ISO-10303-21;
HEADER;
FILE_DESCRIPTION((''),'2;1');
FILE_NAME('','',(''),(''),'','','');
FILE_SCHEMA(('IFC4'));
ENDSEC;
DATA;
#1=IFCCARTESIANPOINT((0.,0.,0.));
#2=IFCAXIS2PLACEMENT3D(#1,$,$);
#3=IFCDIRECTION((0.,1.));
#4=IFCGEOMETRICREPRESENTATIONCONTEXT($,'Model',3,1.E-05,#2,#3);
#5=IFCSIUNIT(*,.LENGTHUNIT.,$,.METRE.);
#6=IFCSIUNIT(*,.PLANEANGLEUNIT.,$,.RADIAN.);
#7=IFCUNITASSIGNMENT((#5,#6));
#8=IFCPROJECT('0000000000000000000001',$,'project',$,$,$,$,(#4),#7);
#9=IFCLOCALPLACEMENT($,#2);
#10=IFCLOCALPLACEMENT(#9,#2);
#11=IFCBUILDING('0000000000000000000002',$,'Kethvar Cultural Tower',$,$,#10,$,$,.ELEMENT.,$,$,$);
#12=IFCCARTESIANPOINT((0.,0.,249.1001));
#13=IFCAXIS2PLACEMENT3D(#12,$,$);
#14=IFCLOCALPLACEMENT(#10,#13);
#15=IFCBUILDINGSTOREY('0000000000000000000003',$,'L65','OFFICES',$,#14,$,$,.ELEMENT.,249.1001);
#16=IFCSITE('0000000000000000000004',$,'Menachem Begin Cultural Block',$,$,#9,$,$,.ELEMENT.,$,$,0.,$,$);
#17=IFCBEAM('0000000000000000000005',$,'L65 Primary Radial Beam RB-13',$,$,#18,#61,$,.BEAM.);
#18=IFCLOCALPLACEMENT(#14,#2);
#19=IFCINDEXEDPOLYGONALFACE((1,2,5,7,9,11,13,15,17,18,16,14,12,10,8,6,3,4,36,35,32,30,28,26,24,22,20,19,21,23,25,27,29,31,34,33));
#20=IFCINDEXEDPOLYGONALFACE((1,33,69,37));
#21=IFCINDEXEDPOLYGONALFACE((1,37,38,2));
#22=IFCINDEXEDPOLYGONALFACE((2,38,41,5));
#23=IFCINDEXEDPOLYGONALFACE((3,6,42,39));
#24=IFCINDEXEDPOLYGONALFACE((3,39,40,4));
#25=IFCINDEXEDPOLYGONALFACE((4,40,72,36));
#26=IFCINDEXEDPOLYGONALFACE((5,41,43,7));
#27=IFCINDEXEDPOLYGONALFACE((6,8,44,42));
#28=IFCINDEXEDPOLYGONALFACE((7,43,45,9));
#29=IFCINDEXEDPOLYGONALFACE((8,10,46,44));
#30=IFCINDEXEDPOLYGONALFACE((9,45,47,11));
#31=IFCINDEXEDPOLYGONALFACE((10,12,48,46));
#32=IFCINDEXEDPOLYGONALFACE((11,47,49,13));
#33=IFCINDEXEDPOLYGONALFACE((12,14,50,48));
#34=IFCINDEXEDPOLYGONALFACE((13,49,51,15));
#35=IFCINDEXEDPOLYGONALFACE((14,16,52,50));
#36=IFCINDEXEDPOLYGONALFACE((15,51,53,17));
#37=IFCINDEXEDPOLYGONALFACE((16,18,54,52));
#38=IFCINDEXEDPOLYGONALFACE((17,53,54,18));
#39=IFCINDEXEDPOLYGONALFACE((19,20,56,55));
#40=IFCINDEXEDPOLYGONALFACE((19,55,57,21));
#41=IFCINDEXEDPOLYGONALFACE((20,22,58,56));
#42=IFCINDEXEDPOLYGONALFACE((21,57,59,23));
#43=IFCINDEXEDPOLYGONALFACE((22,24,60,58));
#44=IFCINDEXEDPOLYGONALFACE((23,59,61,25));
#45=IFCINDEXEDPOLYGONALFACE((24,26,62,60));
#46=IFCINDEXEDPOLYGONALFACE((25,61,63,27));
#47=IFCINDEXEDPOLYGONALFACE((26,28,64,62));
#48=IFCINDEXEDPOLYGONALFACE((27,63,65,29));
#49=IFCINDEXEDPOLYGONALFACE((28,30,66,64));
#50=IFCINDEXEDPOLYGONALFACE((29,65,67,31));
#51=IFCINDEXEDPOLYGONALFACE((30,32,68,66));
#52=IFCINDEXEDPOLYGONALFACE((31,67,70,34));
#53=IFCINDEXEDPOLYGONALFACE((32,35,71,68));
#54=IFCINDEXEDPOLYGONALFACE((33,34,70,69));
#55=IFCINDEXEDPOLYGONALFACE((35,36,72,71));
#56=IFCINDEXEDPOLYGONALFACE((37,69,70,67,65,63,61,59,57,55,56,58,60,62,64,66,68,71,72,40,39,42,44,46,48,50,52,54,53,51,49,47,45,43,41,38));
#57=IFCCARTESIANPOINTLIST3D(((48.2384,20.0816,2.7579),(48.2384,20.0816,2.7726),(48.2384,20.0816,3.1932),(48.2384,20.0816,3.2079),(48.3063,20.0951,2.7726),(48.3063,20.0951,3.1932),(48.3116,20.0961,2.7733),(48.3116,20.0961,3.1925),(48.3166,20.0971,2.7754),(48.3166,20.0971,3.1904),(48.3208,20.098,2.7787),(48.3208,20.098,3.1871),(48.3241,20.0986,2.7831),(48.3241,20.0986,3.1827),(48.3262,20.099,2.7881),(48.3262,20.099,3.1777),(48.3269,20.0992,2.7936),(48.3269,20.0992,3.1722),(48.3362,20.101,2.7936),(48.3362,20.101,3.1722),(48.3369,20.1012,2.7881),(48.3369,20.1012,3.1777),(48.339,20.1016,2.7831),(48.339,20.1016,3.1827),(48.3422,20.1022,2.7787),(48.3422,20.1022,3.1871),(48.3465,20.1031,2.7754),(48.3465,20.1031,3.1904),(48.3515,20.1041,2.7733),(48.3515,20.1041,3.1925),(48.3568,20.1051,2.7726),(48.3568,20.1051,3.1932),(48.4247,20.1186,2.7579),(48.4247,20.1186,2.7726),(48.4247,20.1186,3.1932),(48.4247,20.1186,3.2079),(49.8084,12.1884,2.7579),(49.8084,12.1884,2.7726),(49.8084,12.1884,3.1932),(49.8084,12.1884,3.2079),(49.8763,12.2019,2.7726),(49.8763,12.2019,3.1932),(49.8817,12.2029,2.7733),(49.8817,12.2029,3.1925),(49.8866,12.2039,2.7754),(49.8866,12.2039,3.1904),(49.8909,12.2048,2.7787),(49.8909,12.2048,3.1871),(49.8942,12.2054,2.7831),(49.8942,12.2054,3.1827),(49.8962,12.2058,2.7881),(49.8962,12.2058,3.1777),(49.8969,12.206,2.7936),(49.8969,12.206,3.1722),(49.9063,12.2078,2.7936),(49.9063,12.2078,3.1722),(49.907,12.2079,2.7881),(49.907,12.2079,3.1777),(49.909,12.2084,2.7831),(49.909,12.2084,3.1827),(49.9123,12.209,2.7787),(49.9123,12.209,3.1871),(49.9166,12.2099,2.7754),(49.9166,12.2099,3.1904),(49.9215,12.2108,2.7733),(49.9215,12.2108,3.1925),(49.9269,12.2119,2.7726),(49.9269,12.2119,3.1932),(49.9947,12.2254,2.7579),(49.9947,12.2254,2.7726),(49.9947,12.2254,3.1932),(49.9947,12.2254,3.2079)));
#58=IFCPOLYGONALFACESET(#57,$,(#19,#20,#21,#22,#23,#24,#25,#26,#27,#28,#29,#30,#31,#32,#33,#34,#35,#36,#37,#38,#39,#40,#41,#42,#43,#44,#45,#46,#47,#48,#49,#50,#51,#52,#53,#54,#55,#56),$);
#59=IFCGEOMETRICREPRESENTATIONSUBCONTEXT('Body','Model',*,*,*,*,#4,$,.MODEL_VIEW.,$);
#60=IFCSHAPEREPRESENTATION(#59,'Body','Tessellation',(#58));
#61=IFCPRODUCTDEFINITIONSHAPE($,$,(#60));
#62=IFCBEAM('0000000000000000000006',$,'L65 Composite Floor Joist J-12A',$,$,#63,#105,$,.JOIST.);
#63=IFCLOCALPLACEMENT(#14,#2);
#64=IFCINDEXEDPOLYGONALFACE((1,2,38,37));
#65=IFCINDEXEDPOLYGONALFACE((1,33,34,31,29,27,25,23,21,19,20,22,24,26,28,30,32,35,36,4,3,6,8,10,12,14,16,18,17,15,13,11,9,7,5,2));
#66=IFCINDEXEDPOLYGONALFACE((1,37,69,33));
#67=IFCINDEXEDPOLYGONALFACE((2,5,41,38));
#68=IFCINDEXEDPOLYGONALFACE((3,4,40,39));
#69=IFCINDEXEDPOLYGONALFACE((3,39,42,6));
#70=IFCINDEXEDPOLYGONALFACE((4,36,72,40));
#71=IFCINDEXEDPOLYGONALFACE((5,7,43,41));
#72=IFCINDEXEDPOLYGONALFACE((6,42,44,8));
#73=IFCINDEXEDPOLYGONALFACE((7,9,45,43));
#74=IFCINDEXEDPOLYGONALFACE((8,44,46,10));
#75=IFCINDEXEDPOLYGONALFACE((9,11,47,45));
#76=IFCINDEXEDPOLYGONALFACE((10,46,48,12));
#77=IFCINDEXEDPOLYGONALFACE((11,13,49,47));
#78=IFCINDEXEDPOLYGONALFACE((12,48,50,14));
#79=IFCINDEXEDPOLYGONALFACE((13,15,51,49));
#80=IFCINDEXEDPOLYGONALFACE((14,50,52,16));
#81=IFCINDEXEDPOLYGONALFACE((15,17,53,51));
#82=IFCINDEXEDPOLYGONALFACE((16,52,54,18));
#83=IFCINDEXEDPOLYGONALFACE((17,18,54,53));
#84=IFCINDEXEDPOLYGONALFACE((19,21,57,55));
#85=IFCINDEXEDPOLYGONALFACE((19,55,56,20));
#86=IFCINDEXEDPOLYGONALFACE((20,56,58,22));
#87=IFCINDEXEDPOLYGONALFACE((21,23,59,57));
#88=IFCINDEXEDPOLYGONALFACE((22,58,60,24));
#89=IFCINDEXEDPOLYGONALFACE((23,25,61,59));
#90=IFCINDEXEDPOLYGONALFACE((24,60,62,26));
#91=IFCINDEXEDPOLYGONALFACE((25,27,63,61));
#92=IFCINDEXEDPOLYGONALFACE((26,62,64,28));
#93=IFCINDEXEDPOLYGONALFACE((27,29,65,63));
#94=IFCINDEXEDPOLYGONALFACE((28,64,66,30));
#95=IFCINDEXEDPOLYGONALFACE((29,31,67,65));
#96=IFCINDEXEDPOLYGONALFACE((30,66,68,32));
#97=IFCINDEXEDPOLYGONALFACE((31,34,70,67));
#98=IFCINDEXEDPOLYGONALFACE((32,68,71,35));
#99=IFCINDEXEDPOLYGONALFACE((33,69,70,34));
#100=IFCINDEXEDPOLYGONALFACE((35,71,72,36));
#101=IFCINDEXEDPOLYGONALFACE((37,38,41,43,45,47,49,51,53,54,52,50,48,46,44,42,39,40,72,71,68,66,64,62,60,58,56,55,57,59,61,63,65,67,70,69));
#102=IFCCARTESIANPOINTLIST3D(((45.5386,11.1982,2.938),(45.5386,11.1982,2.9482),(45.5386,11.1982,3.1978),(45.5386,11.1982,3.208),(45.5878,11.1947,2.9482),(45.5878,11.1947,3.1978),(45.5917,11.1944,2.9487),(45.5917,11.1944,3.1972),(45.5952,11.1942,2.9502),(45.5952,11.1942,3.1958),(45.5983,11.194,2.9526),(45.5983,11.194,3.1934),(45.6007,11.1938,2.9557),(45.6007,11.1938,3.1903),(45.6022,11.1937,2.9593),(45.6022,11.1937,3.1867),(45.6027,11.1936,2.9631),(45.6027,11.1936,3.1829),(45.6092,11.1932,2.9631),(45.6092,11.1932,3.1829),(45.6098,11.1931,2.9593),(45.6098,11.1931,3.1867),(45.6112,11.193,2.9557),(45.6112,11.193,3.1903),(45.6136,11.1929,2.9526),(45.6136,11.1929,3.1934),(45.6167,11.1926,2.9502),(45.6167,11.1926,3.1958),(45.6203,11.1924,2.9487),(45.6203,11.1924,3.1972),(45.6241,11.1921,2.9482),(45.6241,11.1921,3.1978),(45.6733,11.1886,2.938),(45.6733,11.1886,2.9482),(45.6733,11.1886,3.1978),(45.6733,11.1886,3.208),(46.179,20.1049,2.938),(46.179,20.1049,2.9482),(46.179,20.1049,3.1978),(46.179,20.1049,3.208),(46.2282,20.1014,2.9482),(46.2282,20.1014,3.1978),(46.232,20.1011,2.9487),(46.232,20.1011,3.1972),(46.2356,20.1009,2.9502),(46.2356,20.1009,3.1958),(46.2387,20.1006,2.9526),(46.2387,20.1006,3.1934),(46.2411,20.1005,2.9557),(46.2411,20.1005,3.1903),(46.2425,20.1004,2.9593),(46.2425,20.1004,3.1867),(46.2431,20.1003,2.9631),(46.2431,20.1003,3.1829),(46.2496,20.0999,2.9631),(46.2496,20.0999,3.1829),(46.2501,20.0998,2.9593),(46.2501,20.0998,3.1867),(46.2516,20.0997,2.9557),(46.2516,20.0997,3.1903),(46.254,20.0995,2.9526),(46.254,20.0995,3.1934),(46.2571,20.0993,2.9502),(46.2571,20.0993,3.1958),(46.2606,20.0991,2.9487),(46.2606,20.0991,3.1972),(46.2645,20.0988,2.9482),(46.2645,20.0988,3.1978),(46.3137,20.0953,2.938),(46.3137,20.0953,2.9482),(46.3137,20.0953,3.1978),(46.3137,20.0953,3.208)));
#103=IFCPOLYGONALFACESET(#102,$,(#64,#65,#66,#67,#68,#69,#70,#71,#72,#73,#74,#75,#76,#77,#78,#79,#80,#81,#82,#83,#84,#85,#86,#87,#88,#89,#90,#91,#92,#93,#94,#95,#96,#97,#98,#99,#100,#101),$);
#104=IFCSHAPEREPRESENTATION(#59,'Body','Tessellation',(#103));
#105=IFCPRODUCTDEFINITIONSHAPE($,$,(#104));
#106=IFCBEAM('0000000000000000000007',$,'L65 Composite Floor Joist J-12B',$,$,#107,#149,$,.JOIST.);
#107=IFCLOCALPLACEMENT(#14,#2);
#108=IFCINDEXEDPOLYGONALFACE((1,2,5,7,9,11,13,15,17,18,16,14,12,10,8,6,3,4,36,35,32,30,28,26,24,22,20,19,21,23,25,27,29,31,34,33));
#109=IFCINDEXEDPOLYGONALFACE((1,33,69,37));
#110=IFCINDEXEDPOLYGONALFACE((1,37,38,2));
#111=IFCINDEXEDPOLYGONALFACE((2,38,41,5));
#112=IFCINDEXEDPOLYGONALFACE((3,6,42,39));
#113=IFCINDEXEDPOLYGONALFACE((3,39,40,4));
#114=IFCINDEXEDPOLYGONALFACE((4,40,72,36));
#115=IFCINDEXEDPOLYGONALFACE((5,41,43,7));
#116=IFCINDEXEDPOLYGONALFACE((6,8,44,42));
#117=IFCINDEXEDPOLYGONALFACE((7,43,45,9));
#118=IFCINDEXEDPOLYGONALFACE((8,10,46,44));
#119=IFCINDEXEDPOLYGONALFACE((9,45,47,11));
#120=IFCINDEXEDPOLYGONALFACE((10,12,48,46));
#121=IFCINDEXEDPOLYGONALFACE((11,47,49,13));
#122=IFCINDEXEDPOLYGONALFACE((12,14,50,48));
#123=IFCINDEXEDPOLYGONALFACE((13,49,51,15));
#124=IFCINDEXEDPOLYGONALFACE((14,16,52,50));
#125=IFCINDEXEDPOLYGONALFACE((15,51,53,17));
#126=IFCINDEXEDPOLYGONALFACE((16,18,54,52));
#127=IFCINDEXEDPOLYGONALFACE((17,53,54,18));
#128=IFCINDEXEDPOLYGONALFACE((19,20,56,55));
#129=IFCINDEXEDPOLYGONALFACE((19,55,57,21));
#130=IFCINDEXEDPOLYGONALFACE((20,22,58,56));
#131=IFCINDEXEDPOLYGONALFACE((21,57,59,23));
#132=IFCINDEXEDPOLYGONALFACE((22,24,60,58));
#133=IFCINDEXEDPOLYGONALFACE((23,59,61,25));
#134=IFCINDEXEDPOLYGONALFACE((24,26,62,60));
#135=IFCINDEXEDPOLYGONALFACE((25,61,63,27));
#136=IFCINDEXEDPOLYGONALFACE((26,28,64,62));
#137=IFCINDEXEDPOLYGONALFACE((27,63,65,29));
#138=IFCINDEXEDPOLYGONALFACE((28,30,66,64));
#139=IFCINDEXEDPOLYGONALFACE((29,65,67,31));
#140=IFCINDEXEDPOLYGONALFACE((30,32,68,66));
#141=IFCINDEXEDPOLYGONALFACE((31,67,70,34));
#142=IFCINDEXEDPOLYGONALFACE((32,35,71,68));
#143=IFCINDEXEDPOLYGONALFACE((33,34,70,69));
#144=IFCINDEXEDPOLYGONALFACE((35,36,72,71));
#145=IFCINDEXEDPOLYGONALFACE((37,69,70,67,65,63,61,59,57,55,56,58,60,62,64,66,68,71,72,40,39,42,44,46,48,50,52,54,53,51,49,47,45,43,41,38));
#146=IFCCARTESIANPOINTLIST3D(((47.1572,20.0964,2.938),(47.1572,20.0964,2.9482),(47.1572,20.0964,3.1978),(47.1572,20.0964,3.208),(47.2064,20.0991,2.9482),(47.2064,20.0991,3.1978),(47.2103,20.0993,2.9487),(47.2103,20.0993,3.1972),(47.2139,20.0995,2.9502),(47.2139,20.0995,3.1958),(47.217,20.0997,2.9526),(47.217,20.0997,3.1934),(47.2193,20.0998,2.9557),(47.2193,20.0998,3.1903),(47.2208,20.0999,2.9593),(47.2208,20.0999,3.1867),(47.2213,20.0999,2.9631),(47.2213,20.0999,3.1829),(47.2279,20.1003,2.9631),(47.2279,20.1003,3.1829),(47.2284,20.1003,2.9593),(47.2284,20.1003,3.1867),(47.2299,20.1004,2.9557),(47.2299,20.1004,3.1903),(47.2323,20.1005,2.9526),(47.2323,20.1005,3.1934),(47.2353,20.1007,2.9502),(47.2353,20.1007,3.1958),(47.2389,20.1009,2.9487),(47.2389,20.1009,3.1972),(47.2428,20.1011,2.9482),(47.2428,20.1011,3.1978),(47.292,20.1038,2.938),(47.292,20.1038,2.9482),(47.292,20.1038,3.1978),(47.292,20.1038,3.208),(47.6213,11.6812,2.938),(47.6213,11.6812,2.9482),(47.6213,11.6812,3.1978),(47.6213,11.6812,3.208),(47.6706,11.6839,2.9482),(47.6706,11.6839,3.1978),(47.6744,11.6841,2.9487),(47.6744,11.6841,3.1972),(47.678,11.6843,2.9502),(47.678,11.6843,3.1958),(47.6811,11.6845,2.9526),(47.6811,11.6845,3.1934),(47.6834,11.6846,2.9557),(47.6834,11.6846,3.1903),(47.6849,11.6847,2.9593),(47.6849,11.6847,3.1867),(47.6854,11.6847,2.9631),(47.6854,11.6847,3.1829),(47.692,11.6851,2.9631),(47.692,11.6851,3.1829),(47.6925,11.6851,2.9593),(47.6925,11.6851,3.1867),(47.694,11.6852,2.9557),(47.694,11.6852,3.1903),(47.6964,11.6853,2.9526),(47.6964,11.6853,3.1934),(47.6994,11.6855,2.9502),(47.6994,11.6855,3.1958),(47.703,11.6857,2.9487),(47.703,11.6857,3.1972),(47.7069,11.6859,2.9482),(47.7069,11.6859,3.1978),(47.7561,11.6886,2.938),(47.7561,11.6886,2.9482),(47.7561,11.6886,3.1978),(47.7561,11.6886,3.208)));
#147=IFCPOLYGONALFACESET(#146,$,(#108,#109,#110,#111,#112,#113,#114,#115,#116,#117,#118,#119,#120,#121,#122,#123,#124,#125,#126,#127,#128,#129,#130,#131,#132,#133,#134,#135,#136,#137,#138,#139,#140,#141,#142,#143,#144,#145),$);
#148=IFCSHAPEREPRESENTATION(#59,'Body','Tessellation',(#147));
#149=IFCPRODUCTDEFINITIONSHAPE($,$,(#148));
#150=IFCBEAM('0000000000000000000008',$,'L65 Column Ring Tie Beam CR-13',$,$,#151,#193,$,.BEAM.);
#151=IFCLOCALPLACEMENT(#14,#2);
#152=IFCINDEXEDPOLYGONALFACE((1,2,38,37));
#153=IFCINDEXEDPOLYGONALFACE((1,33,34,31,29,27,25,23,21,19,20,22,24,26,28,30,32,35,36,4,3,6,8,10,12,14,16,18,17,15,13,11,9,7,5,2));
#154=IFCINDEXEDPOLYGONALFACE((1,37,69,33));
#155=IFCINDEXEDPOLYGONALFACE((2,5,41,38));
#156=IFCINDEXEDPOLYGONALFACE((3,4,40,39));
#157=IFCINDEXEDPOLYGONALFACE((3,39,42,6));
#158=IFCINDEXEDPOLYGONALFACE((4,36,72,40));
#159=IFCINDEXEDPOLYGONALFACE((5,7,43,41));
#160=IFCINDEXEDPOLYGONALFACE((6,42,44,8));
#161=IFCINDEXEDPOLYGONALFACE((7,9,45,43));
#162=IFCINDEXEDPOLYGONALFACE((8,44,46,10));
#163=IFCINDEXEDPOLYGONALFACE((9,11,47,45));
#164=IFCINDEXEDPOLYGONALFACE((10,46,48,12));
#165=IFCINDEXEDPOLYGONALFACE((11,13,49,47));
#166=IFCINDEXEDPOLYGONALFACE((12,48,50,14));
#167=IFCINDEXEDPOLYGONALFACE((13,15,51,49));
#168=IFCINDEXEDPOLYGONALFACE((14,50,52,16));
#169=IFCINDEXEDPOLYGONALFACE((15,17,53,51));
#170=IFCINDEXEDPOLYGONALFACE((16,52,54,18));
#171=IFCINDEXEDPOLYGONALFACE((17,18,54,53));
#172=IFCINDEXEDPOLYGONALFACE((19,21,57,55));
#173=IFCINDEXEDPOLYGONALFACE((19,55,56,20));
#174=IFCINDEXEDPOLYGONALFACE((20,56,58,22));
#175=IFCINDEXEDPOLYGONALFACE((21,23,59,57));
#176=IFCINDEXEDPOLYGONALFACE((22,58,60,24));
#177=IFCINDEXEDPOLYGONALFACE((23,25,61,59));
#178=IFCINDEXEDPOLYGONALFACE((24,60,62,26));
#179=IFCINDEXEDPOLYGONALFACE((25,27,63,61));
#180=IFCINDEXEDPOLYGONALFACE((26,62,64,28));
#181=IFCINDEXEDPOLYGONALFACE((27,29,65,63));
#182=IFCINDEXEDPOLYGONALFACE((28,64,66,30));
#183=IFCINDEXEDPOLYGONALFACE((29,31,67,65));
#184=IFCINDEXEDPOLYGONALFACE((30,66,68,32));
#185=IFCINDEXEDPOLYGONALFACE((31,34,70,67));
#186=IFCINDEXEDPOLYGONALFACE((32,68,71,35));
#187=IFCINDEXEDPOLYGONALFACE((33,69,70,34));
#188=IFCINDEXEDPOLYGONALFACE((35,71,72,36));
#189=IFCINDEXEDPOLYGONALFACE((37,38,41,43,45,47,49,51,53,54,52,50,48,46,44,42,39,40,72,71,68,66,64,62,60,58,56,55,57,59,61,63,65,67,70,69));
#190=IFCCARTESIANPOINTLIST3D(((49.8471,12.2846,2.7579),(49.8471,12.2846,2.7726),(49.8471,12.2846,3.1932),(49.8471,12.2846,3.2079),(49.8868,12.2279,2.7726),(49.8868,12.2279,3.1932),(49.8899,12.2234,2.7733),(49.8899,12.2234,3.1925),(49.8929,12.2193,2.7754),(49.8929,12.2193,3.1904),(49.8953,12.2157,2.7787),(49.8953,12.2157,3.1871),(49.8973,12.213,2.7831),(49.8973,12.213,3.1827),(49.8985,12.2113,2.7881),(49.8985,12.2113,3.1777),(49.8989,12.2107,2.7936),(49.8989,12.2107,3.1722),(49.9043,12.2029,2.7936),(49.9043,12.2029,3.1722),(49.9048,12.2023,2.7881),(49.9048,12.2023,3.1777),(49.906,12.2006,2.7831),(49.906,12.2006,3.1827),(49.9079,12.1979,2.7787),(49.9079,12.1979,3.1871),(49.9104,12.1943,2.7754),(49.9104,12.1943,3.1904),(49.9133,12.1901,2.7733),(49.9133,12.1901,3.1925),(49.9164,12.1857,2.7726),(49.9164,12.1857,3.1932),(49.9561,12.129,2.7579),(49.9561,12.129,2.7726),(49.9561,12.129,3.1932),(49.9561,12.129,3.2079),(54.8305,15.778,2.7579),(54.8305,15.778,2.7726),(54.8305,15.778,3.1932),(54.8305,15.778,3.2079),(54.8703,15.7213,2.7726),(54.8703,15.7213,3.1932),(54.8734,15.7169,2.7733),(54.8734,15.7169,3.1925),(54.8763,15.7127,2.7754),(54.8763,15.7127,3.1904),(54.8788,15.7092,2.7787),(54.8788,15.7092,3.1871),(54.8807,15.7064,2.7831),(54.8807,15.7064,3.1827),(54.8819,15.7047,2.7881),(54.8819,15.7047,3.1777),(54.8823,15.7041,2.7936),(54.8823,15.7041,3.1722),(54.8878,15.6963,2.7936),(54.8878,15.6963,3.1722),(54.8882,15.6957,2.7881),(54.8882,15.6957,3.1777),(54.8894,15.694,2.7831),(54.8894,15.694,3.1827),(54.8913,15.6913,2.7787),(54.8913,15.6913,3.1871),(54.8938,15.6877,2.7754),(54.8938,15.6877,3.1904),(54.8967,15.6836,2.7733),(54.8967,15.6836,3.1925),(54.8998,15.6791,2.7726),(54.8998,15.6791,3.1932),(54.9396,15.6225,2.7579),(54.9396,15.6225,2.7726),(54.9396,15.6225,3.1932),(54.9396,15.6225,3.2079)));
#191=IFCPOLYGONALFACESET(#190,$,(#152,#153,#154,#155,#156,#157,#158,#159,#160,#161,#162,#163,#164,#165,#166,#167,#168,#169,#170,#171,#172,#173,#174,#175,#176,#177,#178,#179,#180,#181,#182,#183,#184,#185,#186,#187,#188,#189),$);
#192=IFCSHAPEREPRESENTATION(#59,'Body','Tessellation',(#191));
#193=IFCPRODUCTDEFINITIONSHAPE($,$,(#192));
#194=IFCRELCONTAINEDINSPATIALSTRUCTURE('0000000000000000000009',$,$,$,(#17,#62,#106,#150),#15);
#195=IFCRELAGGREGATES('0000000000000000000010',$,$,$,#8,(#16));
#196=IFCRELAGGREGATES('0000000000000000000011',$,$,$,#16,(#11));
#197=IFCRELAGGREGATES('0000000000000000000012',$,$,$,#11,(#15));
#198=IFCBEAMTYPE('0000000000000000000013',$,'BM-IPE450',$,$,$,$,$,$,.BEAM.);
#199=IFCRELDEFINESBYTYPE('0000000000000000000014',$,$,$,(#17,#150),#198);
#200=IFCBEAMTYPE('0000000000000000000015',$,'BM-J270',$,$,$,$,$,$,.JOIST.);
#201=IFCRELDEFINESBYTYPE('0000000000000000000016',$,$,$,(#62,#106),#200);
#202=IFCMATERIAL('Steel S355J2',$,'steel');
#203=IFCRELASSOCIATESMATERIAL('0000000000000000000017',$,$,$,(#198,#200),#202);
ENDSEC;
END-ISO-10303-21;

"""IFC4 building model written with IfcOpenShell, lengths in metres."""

from ifc_helpers import new_model, si_unit, direction, frame, origin, origin_2d, place, context, subcontext, project, spatial, i_section, extrude, source, transform, mapped, material, material_profile, profile_set, type_object, element, save


model = new_model("IFC4")

# Units and contexts
model_context = context("Model", 3, precision=1e-05, world=origin(), true_north=direction((0.0, 1.0)))
body_context = subcontext(model_context, "Body", "Model", "MODEL_VIEW")
ifc_project = project(units=[si_unit("LENGTHUNIT", "METRE"), si_unit("PLANEANGLEUNIT", "RADIAN")], contexts=[model_context])

# Site, building, storey
site_placement = place(None, origin())
site = spatial("IfcSite", under=ifc_project, at=site_placement, Name="Menachem Begin Cultural Block", CompositionType="ELEMENT", RefElevation=0.0)
building_placement = place(site_placement, origin())
building = spatial("IfcBuilding", under=site, at=building_placement, Name="Kethvar Cultural Tower", CompositionType="ELEMENT")
storey_placement = place(building_placement, frame((0.0, 0.0, 249.1001)))
storey = spatial("IfcBuildingStorey", under=building, at=storey_placement, Name="L65", Description="OFFICES", CompositionType="ELEMENT", Elevation=249.1001)

# Beams
ifc_material_1 = material(Name="Steel S355J2", Category="steel")
ifc_material_profile_1 = material_profile(ifc_material_1, i_section(OverallWidth=0.1899, OverallDepth=0.45, WebThickness=0.0095, FlangeThickness=0.0146, FilletRadius=0.021, at=origin_2d()), Name="Steel S355J2 — IPE450")
ifc_profile_set_1 = profile_set([ifc_material_profile_1], Name="Steel S355J2 — IPE450")
beam_type_1 = type_object("IfcBeamType", Name="BM-IPE450", PredefinedType="BEAM", material=ifc_profile_set_1)
shared_shape_1 = source(origin(), body_context, "Body", "SweptSolid", [
    extrude(i_section(OverallWidth=0.1899, OverallDepth=0.45, WebThickness=0.0095, FlangeThickness=0.0146, FilletRadius=0.021, at=origin_2d()), origin(), (0.0, 0.0, 1.0), 8.0479),
])
beam_1_placement = place(storey_placement, frame((48.3315, 20.1001, 2.9829), z_axis=(0.195089, -0.980785, 0.0), x_axis=(0.980785, 0.195089, 0.0)))
element("IfcBeam", 1, at=beam_1_placement, inside=storey, type_object=beam_type_1, Name="L65 Primary Radial Beam RB-13", PredefinedType="BEAM", context=body_context, shape_type="MappedRepresentation", body=[
    mapped(shared_shape_1, transform((0.0, 0.0, 0.0), scale=1.0)),
])
ifc_material_profile_2 = material_profile(ifc_material_1, i_section(OverallWidth=0.135, OverallDepth=0.27, WebThickness=0.0066, FlangeThickness=0.0103, FilletRadius=0.0149, at=origin_2d()), Name="Steel S355J2 — IPE270")
ifc_profile_set_2 = profile_set([ifc_material_profile_2], Name="Steel S355J2 — IPE270")
beam_type_2 = type_object("IfcBeamType", Name="BM-J270", PredefinedType="JOIST", material=ifc_profile_set_2)
shared_shape_2 = source(origin(), body_context, "Body", "SweptSolid", [
    extrude(i_section(OverallWidth=0.135, OverallDepth=0.27, WebThickness=0.0066, FlangeThickness=0.0103, FilletRadius=0.0149, at=origin_2d()), origin(), (0.0, 0.0, 1.0), 8.9297),
])
beam_2_placement = place(storey_placement, frame((46.2463, 20.1001, 3.073), z_axis=(-0.071713, -0.997425, 0.0), x_axis=(0.997425, -0.071713, 0.0)))
element("IfcBeam", 2, at=beam_2_placement, inside=storey, type_object=beam_type_2, Name="L65 Composite Floor Joist J-12A", PredefinedType="JOIST", context=body_context, shape_type="MappedRepresentation", body=[
    mapped(shared_shape_2, transform((0.0, 0.0, 0.0), scale=1.0)),
])
shared_shape_3 = source(origin(), body_context, "Body", "SweptSolid", [
    extrude(i_section(OverallWidth=0.135, OverallDepth=0.27, WebThickness=0.0066, FlangeThickness=0.0103, FilletRadius=0.0149, at=origin_2d()), origin(), (0.0, 0.0, 1.0), 8.428),
])
beam_3_placement = place(storey_placement, frame((47.2246, 20.1001, 3.073), z_axis=(0.055067, -0.998483, 0.0), x_axis=(0.998483, 0.055067, 0.0)))
element("IfcBeam", 3, at=beam_3_placement, inside=storey, type_object=beam_type_2, Name="L65 Composite Floor Joist J-12B", PredefinedType="JOIST", context=body_context, shape_type="MappedRepresentation", body=[
    mapped(shared_shape_3, transform((0.0, 0.0, 0.0), scale=1.0)),
])
shared_shape_4 = source(origin(), body_context, "Body", "SweptSolid", [
    extrude(i_section(OverallWidth=0.1899, OverallDepth=0.45, WebThickness=0.0095, FlangeThickness=0.0146, FilletRadius=0.021, at=origin_2d()), origin(), (0.0, 0.0, 1.0), 6.0859),
])
beam_4_placement = place(storey_placement, frame((49.9016, 12.2068, 2.9829), z_axis=(0.818843, 0.574017, 0.0), x_axis=(-0.574017, 0.818843, 0.0)))
element("IfcBeam", 4, at=beam_4_placement, inside=storey, type_object=beam_type_1, Name="L65 Column Ring Tie Beam CR-13", PredefinedType="BEAM", context=body_context, shape_type="MappedRepresentation", body=[
    mapped(shared_shape_4, transform((0.0, 0.0, 0.0), scale=1.0)),
])

save(model, "model.ifc")
